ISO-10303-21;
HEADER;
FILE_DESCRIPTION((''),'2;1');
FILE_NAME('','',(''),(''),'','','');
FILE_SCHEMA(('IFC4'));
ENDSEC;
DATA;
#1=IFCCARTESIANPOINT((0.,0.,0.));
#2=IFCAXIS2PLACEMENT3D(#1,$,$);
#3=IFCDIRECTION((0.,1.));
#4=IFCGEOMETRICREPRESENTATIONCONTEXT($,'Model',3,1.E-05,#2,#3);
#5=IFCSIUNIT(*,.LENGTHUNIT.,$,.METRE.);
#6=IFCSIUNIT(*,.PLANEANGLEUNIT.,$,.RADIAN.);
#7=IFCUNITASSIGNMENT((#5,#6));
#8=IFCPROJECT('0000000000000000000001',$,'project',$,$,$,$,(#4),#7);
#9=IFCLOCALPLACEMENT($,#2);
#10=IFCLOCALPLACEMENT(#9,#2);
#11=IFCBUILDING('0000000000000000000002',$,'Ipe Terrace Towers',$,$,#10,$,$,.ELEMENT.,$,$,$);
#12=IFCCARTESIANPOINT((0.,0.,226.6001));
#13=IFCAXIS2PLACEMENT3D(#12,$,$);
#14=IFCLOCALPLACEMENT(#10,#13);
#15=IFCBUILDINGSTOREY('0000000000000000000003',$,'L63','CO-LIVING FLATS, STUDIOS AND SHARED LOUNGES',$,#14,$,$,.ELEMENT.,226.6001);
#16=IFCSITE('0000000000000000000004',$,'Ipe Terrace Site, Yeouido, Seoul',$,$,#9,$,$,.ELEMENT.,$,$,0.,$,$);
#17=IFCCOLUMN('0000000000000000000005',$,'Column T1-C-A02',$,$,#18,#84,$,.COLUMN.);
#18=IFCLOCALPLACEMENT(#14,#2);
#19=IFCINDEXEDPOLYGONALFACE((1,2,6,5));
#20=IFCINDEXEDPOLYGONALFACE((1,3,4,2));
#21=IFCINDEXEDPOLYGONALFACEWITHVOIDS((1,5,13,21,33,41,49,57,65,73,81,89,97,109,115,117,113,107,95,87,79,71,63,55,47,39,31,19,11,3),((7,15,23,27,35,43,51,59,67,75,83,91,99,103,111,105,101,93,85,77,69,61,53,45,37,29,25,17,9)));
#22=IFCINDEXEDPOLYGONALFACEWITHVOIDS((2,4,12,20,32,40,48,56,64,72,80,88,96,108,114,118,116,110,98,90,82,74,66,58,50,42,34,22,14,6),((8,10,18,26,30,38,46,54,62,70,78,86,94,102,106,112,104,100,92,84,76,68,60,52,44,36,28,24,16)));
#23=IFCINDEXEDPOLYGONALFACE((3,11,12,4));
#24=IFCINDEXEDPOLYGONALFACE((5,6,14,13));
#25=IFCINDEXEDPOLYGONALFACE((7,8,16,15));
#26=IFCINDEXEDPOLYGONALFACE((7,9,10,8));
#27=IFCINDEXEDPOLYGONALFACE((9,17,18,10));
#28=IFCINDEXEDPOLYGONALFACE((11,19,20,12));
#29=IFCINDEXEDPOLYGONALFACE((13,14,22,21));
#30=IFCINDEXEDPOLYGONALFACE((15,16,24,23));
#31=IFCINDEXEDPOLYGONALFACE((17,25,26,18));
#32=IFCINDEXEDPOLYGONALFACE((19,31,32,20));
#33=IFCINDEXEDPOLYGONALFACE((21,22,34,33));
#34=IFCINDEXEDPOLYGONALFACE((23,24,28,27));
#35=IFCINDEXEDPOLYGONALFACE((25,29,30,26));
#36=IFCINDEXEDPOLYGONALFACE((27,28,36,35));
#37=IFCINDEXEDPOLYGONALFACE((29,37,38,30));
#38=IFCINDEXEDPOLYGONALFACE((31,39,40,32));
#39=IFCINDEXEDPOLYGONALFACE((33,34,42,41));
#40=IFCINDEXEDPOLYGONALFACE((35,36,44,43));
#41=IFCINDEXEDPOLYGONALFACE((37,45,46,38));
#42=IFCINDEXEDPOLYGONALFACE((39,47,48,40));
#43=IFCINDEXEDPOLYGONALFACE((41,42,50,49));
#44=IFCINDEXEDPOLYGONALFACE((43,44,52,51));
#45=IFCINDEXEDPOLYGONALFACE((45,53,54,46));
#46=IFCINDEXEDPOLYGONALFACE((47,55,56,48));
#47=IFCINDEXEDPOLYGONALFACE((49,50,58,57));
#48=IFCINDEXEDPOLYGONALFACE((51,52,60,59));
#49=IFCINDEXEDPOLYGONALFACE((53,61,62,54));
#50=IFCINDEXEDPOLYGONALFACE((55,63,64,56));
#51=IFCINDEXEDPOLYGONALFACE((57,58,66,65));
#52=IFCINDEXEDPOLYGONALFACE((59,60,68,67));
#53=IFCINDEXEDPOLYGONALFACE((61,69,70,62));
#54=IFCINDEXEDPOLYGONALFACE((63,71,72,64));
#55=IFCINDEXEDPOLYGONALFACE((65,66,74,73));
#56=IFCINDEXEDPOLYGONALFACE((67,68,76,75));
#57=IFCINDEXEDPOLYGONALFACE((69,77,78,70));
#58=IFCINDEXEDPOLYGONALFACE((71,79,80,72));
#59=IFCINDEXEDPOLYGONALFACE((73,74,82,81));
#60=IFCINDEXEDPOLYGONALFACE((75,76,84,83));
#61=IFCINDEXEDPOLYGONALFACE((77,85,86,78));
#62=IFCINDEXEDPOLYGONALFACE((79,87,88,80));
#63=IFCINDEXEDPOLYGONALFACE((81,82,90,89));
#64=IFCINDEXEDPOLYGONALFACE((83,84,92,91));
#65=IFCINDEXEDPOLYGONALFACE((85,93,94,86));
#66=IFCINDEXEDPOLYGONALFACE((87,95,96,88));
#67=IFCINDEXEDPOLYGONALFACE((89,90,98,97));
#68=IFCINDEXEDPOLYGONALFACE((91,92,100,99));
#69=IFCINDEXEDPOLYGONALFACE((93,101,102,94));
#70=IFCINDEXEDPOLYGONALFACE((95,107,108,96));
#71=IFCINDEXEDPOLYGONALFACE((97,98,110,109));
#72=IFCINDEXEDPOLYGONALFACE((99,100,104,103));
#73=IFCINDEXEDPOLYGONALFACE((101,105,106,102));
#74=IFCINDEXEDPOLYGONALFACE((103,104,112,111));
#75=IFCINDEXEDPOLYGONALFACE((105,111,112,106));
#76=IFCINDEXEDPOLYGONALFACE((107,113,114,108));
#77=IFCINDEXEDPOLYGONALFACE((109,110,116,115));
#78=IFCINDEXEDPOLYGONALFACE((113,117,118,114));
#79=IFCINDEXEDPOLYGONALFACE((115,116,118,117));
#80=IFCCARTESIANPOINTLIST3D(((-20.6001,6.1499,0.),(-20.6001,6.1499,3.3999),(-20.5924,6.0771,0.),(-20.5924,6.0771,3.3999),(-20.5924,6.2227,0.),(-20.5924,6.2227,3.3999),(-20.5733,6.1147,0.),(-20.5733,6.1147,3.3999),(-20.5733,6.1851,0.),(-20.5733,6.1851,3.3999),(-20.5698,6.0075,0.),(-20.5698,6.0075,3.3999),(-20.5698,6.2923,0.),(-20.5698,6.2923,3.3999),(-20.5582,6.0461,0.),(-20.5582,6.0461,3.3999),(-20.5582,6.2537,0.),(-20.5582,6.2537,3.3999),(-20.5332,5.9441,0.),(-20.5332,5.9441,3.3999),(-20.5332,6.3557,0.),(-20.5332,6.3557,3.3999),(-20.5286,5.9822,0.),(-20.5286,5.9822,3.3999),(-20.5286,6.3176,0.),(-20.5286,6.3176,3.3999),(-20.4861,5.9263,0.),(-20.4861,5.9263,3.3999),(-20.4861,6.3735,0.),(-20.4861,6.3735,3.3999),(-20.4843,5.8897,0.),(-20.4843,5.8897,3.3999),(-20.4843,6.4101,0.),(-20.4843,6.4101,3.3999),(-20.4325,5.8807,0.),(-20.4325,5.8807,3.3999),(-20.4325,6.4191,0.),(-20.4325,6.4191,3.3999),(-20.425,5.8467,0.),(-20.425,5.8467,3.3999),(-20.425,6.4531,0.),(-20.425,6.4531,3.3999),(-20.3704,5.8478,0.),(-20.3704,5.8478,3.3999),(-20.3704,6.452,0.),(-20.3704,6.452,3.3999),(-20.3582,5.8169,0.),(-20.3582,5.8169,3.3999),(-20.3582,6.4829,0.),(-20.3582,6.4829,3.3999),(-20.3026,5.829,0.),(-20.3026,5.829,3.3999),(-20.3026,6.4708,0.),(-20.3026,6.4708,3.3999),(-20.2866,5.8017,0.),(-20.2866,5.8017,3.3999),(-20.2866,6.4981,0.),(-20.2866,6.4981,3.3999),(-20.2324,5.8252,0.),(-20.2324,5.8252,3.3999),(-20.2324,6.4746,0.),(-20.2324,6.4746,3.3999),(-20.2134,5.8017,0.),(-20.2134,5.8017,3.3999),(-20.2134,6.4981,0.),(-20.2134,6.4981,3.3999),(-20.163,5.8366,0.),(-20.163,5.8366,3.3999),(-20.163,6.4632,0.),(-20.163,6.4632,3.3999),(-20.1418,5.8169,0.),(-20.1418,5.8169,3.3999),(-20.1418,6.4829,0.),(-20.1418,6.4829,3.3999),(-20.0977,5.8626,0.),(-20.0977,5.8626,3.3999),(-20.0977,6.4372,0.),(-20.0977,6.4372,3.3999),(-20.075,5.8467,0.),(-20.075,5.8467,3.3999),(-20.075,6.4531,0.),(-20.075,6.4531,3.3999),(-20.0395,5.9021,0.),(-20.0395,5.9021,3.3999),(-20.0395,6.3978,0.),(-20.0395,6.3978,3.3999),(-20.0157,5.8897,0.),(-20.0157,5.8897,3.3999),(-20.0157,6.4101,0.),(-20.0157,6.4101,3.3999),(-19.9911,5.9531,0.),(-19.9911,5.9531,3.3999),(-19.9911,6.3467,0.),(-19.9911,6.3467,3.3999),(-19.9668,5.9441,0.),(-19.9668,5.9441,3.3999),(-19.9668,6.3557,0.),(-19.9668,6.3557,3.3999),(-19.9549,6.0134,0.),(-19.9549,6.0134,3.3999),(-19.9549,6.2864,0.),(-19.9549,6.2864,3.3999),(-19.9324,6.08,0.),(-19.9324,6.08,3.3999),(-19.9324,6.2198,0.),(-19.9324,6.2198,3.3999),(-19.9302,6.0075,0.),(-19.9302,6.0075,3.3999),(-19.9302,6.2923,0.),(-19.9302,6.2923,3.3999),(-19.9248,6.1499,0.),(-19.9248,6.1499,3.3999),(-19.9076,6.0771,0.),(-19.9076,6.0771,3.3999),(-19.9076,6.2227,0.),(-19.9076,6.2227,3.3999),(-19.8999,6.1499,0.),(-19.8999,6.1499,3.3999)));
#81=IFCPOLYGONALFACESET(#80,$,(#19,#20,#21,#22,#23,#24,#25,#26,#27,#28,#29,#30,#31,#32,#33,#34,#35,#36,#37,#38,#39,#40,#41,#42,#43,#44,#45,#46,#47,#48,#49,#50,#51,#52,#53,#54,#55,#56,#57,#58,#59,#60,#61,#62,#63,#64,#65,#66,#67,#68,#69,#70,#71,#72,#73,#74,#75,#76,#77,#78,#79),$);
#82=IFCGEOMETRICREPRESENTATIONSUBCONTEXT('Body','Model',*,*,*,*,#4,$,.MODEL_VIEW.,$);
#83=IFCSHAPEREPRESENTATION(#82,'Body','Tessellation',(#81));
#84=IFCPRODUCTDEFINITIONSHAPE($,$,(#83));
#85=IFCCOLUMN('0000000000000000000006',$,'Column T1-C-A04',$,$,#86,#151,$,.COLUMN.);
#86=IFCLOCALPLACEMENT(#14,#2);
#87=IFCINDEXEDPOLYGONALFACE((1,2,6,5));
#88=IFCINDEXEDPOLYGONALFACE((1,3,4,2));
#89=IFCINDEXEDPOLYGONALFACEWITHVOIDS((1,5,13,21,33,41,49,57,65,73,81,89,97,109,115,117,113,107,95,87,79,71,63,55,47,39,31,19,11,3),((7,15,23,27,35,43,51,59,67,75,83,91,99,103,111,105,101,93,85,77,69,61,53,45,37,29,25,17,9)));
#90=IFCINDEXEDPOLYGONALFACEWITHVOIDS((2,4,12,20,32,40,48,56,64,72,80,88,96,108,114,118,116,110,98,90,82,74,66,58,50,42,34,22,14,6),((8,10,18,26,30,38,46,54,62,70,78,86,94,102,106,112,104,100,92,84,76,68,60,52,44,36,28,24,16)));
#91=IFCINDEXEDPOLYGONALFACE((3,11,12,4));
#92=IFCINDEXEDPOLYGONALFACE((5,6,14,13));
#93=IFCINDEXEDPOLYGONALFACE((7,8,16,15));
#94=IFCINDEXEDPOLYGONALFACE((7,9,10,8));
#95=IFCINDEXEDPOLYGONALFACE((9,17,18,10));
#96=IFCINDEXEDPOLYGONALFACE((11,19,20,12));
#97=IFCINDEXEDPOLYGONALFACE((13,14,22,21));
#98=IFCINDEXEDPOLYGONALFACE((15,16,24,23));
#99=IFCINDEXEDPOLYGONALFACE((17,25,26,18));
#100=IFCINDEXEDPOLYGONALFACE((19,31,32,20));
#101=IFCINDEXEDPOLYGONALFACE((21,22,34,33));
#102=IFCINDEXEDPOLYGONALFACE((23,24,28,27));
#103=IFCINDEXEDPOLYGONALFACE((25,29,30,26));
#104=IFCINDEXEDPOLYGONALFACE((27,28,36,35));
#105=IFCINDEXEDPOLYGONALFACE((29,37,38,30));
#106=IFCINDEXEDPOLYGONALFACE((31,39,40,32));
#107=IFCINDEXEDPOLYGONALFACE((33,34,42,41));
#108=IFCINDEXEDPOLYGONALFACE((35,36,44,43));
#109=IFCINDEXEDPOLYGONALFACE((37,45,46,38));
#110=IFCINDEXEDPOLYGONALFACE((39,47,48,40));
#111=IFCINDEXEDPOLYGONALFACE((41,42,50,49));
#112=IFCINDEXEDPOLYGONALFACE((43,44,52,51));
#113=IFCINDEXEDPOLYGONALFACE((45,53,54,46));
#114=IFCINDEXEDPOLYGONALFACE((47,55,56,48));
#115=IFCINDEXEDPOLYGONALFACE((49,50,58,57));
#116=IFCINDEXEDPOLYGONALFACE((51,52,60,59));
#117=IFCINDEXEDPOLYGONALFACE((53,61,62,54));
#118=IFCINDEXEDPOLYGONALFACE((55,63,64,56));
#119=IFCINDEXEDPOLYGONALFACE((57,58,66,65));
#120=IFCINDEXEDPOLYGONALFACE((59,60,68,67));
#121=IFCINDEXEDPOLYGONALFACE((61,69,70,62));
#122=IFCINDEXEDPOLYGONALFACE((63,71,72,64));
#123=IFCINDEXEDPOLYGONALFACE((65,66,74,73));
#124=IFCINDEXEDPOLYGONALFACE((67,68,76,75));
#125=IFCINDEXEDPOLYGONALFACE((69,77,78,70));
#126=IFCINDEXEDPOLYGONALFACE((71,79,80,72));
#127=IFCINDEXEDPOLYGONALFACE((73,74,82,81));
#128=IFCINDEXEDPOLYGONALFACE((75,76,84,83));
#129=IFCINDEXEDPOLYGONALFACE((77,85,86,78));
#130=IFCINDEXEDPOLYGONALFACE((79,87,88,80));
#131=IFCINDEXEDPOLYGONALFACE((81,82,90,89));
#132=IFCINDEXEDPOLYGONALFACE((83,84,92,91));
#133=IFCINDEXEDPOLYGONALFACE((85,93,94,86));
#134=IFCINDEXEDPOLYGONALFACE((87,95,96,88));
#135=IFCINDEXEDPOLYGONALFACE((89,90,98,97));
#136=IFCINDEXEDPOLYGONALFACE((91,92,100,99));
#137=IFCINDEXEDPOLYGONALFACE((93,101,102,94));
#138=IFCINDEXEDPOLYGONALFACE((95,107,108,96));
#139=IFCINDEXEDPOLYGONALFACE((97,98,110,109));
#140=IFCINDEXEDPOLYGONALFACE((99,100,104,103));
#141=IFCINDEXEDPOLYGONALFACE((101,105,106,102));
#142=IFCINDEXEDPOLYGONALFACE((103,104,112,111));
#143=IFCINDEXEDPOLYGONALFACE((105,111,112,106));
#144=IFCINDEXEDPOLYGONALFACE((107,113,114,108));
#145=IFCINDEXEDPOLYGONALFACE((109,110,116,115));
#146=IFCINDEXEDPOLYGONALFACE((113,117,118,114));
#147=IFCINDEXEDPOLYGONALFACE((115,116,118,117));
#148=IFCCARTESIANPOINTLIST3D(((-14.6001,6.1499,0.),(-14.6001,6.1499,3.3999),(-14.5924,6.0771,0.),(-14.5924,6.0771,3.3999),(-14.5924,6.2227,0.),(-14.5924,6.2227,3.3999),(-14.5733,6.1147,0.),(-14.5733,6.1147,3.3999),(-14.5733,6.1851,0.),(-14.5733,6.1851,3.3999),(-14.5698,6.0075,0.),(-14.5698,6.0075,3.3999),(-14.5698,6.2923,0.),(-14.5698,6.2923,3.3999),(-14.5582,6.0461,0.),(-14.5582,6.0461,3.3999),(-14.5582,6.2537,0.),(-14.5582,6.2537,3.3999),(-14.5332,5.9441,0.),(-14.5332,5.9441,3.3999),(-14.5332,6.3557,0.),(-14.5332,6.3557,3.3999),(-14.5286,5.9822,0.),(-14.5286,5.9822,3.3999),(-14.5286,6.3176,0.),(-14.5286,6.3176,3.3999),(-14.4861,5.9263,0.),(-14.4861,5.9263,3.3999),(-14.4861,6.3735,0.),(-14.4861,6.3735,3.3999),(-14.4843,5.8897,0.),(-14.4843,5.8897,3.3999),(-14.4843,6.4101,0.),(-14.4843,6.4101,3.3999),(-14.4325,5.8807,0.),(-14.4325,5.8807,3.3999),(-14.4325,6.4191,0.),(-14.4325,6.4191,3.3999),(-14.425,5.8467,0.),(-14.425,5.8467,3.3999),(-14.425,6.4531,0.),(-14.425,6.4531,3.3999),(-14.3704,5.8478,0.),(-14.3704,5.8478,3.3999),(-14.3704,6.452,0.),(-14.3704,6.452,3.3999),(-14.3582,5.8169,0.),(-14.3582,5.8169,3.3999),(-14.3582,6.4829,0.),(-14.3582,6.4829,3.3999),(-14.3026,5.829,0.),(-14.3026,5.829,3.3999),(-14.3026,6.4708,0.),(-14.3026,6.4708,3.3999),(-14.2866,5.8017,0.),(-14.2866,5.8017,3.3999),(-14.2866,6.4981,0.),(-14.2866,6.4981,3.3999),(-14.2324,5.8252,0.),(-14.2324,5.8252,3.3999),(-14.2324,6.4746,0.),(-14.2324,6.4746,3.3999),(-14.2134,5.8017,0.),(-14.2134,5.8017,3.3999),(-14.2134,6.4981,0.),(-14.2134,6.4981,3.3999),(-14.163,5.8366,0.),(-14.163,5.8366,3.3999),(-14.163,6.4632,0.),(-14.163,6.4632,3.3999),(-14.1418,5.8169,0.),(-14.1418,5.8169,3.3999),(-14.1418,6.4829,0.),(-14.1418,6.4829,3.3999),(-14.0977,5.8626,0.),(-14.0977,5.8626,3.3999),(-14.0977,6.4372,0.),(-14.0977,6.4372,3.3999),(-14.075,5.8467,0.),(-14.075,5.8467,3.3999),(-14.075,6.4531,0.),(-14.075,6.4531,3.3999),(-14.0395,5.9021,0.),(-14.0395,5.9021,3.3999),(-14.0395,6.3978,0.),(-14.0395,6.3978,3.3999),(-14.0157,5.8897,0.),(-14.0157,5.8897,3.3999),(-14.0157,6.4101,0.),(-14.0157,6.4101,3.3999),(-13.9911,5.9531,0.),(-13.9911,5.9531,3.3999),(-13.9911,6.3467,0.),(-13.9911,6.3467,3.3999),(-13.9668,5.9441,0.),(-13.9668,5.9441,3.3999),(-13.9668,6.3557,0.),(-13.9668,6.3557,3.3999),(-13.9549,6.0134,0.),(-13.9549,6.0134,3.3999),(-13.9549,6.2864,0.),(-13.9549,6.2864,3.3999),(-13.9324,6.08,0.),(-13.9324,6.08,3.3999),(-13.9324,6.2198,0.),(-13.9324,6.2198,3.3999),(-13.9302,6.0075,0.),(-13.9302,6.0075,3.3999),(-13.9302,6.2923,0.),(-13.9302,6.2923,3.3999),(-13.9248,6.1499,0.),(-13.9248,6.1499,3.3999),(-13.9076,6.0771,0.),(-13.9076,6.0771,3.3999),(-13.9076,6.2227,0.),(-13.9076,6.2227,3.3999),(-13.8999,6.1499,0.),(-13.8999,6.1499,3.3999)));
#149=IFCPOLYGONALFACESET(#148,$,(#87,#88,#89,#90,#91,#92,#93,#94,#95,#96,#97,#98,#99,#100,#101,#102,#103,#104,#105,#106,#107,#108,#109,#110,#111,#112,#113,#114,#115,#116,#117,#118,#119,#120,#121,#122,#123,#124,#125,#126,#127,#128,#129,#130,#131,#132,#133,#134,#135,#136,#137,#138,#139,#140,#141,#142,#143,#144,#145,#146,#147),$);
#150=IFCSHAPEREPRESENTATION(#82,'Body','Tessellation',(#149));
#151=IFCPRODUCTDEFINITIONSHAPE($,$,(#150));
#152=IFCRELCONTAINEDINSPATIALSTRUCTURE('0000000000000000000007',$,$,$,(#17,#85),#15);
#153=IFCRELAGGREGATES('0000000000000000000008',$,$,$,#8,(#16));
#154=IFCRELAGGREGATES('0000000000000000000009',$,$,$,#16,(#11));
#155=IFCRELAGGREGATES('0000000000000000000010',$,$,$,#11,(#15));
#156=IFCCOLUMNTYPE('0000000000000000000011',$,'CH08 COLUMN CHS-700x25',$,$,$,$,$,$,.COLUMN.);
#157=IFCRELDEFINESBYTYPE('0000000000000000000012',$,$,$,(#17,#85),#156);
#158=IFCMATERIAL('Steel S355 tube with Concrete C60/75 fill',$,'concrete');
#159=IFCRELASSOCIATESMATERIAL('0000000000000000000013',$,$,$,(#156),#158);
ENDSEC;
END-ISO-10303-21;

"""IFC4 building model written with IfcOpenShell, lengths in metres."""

from ifc_helpers import new_model, si_unit, direction, frame, origin, origin_2d, place, context, subcontext, project, spatial, hollow_circle, extrude, material, material_profile, profile_set, type_object, element, save


model = new_model("IFC4")

# Units and contexts
model_context = context("Model", 3, precision=1e-05, world=origin(), true_north=direction((0.0, 1.0)))
body_context = subcontext(model_context, "Body", "Model", "MODEL_VIEW")
ifc_project = project(units=[si_unit("LENGTHUNIT", "METRE"), si_unit("PLANEANGLEUNIT", "RADIAN")], contexts=[model_context])

# Site, building, storey
site_placement = place(None, origin())
site = spatial("IfcSite", under=ifc_project, at=site_placement, Name="Ipe Terrace Site, Yeouido, Seoul", CompositionType="ELEMENT", RefElevation=0.0)
building_placement = place(site_placement, origin())
building = spatial("IfcBuilding", under=site, at=building_placement, Name="Ipe Terrace Towers", CompositionType="ELEMENT")
storey_placement = place(building_placement, frame((0.0, 0.0, 226.6001)))
storey = spatial("IfcBuildingStorey", under=building, at=storey_placement, Name="L63", Description="CO-LIVING FLATS, STUDIOS AND SHARED LOUNGES", CompositionType="ELEMENT", Elevation=226.6001)

# Columns
ifc_material_1 = material(Name="Steel S355 tube with Concrete C60/75 fill", Category="concrete")
ifc_material_profile_1 = material_profile(ifc_material_1, hollow_circle(Radius=0.3501, WallThickness=0.0249, at=origin_2d()), Name="CHS-700x25")
ifc_profile_set_1 = profile_set([ifc_material_profile_1], Name="Steel S355 tube with Concrete C60/75 fill")
column_type = type_object("IfcColumnType", Name="CH08 COLUMN CHS-700x25", PredefinedType="COLUMN", material=ifc_profile_set_1)
for number, where, z_axis, x_axis, name in (
    (1, (-20.25, 6.1499, 0.0), (0.0, 0.0, 1.0), (1.0, 0.0, 0.0), "Column T1-C-A02"),
    (2, (-14.25, 6.1499, 0.0), (0.0, 0.0, 1.0), (1.0, 0.0, 0.0), "Column T1-C-A04"),
):
    element("IfcColumn", number, at=place(storey_placement, frame(where, z_axis=z_axis, x_axis=x_axis)), inside=storey, type_object=column_type, Name=name, PredefinedType="COLUMN", context=body_context, shape_type="SweptSolid", body=[
        extrude(hollow_circle(Radius=0.3501, WallThickness=0.0249, at=origin_2d()), origin(), (0.0, 0.0, 1.0), 3.3999),
    ])

save(model, "model.ifc")
